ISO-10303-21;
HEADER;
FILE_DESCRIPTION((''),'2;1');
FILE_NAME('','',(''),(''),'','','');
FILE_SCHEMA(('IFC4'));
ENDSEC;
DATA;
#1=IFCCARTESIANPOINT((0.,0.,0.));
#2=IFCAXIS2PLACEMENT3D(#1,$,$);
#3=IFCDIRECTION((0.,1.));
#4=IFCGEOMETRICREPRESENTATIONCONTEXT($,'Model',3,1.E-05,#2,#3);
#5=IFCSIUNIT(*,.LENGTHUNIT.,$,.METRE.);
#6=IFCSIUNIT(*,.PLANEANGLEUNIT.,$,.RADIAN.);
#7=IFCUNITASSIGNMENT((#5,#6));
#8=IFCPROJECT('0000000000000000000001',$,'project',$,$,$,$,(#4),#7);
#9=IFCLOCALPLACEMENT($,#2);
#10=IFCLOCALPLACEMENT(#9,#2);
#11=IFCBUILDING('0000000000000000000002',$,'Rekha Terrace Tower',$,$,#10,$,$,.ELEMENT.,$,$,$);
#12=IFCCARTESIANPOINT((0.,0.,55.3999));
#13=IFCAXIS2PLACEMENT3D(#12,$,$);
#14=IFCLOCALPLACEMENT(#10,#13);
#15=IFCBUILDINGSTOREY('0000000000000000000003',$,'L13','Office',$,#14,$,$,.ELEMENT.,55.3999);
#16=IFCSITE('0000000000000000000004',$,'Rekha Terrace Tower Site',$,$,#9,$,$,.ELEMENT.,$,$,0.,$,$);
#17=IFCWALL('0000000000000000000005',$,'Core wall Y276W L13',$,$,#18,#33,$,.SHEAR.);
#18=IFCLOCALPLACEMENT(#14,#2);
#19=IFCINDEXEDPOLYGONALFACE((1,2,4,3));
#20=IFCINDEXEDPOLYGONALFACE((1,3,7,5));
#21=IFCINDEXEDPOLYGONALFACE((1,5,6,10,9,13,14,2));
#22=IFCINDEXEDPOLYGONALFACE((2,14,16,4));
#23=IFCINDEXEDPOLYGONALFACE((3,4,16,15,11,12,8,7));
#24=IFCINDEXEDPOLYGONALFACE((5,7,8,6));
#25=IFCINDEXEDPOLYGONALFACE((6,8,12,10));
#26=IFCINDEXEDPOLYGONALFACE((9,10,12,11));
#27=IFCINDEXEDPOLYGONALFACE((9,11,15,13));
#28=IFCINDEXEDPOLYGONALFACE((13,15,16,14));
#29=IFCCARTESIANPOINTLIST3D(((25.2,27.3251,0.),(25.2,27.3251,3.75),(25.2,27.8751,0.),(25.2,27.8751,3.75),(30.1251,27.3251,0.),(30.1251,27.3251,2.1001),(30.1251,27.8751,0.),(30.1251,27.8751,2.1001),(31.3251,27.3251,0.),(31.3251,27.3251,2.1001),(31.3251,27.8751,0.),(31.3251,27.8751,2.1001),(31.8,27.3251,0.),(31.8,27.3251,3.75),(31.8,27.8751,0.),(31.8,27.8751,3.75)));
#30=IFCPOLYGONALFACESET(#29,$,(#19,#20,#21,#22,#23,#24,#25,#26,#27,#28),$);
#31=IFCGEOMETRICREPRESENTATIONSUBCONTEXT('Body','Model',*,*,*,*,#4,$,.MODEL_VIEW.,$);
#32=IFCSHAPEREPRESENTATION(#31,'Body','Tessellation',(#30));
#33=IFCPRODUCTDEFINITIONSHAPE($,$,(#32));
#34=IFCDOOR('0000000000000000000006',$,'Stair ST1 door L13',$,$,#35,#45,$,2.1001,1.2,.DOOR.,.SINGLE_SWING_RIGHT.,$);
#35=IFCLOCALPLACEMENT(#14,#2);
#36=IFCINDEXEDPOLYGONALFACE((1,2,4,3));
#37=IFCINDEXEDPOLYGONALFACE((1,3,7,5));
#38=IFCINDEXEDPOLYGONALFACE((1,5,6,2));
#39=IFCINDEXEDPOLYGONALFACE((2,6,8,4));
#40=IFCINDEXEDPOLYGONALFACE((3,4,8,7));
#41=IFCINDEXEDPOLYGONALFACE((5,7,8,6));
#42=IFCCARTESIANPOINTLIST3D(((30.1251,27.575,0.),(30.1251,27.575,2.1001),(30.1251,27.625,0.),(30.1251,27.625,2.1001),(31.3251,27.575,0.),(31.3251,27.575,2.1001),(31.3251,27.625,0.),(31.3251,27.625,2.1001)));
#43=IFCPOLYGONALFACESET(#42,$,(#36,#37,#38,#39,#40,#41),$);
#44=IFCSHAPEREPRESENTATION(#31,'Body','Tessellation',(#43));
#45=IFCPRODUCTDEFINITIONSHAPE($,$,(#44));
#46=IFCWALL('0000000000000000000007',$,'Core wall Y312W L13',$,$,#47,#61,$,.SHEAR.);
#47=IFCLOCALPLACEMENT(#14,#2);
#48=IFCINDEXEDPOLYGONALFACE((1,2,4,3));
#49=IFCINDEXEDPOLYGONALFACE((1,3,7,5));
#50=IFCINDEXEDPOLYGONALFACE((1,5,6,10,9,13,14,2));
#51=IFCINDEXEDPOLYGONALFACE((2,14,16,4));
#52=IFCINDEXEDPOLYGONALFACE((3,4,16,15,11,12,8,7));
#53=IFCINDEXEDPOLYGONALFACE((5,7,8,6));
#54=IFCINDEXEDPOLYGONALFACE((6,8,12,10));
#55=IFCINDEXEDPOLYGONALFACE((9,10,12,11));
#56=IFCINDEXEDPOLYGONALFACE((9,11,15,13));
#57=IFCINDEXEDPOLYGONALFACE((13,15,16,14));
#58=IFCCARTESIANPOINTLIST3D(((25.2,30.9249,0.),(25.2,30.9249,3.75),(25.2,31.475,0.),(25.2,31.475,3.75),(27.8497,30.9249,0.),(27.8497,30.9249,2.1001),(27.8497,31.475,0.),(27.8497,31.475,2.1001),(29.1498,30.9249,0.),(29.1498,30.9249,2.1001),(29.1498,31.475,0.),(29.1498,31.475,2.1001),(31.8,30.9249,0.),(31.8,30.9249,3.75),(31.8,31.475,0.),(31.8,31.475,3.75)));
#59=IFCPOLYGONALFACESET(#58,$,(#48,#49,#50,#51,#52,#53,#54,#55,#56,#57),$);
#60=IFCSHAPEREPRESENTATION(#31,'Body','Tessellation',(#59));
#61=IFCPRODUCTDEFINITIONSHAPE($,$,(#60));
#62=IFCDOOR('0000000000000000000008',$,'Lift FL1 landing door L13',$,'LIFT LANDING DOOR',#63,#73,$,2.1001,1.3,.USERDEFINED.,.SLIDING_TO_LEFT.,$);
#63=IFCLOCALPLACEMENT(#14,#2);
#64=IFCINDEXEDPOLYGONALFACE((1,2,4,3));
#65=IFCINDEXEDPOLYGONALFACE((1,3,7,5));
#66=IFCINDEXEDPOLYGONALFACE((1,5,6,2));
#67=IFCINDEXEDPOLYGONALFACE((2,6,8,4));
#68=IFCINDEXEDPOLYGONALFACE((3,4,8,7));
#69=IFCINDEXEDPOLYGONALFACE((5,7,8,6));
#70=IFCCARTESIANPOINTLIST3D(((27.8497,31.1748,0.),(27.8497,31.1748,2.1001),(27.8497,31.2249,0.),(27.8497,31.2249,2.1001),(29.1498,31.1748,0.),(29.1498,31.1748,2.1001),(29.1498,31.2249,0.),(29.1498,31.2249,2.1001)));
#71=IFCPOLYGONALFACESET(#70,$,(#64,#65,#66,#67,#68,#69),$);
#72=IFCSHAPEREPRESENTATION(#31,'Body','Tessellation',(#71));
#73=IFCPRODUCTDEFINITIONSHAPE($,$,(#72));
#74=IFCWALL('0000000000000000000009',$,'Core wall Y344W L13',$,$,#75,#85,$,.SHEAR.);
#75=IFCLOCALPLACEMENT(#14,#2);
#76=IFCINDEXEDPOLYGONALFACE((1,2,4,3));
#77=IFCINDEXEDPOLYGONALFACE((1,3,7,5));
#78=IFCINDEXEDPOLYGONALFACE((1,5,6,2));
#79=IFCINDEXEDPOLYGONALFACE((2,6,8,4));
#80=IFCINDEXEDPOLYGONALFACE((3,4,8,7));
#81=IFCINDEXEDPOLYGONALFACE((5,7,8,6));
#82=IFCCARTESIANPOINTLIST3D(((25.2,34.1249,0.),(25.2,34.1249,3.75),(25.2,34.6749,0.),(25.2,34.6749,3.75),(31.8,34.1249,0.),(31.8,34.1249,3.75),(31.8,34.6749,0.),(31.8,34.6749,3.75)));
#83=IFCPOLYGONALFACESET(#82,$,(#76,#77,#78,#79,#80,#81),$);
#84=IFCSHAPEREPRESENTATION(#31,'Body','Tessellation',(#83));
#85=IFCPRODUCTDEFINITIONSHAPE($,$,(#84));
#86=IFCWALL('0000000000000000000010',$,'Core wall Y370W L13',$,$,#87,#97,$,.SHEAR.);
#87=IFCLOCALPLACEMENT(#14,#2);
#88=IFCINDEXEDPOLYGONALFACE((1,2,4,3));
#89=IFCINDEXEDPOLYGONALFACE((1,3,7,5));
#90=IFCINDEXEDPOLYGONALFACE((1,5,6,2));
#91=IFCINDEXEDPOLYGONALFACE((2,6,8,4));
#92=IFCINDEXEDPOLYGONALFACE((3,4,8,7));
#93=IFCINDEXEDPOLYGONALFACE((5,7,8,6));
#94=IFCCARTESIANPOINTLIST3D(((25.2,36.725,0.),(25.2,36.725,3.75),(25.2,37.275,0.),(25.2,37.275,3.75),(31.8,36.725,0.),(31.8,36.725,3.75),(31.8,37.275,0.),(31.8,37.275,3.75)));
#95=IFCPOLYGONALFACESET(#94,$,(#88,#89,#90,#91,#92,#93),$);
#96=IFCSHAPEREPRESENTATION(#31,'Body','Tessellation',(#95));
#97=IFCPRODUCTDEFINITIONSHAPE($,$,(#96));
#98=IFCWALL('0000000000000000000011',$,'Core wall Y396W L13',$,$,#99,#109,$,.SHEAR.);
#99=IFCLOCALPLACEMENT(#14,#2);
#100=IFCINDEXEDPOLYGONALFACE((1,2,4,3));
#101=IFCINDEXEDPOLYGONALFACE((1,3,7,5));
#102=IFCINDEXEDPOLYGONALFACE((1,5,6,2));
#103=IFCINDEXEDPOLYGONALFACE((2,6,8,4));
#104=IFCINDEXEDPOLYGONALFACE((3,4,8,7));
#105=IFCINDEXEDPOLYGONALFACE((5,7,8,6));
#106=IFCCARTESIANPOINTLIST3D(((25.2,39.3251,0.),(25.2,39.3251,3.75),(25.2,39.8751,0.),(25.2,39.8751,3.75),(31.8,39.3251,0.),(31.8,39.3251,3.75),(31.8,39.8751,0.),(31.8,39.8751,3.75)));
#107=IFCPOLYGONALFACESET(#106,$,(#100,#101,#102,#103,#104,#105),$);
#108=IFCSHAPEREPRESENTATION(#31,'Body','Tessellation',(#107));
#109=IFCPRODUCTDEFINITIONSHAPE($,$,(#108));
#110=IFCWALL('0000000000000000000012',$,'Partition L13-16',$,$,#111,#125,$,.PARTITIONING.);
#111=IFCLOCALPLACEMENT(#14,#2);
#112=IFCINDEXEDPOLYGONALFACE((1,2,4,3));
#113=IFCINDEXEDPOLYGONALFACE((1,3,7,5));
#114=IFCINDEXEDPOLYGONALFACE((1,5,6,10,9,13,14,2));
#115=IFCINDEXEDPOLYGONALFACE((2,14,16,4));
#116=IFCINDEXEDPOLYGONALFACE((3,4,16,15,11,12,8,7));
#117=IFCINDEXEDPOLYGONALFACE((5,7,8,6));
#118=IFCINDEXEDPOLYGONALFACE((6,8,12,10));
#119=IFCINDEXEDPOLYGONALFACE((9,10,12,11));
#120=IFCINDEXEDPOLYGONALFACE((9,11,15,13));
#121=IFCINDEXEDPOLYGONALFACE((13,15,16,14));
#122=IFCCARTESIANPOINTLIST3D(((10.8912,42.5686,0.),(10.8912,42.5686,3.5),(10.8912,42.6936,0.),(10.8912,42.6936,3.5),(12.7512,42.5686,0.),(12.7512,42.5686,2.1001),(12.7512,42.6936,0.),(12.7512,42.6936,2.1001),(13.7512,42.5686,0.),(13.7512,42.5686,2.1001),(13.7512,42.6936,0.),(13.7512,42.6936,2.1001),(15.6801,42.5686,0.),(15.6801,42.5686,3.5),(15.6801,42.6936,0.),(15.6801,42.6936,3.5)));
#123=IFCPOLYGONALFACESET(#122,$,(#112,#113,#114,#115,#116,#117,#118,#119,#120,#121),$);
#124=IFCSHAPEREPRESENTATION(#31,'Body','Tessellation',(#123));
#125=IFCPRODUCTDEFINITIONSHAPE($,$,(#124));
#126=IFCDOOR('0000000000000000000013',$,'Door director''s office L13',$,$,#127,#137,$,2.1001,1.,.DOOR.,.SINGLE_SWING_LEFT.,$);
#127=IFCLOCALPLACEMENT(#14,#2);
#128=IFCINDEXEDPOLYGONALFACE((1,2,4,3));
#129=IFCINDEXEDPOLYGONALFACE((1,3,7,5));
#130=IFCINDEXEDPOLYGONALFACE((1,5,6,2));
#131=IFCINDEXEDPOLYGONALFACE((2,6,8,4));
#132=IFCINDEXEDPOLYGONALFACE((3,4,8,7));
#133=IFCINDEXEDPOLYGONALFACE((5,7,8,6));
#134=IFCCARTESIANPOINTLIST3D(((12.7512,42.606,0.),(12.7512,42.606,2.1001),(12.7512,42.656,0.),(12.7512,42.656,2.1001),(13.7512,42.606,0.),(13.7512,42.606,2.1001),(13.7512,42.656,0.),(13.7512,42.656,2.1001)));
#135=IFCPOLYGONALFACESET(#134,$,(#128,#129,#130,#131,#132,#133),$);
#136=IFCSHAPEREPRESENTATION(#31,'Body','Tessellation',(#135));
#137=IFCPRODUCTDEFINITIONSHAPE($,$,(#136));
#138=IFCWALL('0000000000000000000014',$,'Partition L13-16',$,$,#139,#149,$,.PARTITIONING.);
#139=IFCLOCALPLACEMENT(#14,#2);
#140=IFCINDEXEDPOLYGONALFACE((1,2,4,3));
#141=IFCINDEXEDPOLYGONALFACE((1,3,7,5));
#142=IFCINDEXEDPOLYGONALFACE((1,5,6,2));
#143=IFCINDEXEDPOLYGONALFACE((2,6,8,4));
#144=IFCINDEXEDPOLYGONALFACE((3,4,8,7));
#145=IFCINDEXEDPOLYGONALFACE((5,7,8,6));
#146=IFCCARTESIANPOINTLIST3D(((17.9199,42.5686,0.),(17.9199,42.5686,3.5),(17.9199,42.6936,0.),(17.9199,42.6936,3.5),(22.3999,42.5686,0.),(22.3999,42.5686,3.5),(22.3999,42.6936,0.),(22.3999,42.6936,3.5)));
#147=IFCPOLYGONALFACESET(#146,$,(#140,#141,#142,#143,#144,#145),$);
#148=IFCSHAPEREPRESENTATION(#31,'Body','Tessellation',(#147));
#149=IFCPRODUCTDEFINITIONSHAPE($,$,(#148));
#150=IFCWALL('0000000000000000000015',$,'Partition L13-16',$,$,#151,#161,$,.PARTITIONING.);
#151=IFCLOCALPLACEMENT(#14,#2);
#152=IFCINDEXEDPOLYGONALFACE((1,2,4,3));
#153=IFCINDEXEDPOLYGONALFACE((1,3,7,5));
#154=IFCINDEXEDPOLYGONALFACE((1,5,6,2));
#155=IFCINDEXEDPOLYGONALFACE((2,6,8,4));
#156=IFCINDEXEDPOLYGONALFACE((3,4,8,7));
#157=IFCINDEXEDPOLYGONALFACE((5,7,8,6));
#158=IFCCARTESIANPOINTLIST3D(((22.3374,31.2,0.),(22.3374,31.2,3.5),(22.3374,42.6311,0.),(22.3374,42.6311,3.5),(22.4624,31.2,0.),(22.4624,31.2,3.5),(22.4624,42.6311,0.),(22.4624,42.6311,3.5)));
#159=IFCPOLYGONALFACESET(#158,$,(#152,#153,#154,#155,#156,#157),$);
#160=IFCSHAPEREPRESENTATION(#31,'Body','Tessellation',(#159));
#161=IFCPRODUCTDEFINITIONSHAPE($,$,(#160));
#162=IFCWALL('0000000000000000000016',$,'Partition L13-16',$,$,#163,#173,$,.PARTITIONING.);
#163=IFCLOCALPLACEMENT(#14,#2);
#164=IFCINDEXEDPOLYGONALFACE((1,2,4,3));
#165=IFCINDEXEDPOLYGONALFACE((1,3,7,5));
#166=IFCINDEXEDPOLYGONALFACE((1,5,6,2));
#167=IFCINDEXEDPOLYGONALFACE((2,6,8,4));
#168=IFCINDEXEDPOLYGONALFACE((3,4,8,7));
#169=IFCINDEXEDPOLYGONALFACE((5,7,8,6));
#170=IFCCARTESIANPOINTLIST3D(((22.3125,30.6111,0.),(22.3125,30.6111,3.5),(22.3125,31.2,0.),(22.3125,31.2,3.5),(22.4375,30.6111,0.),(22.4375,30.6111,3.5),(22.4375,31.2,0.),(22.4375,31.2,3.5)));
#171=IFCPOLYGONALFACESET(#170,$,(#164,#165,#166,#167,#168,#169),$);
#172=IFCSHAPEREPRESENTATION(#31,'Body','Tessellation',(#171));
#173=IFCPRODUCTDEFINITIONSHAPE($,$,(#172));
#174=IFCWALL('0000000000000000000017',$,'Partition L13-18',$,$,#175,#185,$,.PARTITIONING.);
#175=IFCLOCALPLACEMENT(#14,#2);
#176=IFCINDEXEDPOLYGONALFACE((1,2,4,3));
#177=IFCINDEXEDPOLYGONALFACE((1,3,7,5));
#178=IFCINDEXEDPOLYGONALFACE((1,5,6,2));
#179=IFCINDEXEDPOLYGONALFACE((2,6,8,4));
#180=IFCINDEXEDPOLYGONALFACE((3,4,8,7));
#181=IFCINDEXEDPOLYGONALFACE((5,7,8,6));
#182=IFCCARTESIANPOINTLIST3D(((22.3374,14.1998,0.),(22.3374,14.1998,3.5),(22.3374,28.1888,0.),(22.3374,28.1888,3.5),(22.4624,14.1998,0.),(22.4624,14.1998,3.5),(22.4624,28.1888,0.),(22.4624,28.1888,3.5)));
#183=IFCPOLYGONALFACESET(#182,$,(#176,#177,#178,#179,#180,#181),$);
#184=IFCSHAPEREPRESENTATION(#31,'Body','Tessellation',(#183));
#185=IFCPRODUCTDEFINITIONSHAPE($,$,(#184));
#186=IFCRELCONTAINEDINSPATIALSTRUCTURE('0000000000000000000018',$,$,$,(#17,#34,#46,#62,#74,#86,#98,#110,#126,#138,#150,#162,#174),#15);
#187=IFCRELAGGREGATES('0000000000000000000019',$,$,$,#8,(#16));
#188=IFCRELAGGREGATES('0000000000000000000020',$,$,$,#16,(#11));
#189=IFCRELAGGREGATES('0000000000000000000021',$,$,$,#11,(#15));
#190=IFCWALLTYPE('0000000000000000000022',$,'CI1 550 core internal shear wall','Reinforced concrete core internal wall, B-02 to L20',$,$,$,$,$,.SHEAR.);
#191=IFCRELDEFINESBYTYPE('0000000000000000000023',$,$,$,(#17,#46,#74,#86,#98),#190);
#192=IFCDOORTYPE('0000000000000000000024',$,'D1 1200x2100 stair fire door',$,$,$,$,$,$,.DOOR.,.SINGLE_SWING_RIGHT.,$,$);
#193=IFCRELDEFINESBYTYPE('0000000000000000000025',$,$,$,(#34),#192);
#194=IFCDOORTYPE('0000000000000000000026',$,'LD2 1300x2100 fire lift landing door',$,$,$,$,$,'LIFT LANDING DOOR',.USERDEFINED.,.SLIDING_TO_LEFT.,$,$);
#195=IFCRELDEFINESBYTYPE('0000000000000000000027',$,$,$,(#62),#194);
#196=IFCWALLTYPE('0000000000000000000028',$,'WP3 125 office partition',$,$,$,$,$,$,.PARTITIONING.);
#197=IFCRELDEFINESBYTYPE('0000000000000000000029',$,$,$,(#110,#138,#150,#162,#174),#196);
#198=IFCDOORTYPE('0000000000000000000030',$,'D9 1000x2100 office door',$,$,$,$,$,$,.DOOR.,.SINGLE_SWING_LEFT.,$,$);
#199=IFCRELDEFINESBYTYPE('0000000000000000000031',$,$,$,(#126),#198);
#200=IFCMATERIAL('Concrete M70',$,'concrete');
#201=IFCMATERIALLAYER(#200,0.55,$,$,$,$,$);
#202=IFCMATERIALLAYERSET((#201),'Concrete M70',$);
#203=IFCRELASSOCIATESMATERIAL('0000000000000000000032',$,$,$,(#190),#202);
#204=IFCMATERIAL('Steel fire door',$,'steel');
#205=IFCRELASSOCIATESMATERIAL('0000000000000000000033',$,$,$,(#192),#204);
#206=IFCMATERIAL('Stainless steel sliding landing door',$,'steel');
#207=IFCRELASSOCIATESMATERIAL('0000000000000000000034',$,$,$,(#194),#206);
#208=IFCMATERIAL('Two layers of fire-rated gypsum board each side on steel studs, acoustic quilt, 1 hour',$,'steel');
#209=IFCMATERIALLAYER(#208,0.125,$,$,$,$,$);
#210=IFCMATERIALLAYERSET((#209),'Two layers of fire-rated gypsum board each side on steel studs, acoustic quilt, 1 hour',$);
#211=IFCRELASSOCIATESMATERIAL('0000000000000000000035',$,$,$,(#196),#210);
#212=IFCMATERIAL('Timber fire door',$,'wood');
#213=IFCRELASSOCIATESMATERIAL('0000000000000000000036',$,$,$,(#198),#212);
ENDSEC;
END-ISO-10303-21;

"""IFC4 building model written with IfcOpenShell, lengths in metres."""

from ifc_helpers import new_model, si_unit, direction, frame, frame_2d, origin, place, context, subcontext, project, spatial, rectangle, extrude, material, layer, layer_set, type_object, element, fill, save


model = new_model("IFC4")

# Units and contexts
model_context = context("Model", 3, precision=1e-05, world=origin(), true_north=direction((0.0, 1.0)))
body_context = subcontext(model_context, "Body", "Model", "MODEL_VIEW")
ifc_project = project(units=[si_unit("LENGTHUNIT", "METRE"), si_unit("PLANEANGLEUNIT", "RADIAN")], contexts=[model_context])

# Site, building, storey
site_placement = place(None, origin())
site = spatial("IfcSite", under=ifc_project, at=site_placement, Name="Rekha Terrace Tower Site", CompositionType="ELEMENT", RefElevation=0.0)
building_placement = place(site_placement, origin())
building = spatial("IfcBuilding", under=site, at=building_placement, Name="Rekha Terrace Tower", CompositionType="ELEMENT")
storey_placement = place(building_placement, frame((0.0, 0.0, 55.3999)))
storey = spatial("IfcBuildingStorey", under=building, at=storey_placement, Name="L13", Description="Office", CompositionType="ELEMENT", Elevation=55.3999)

# Shared definitions
ifc_material_1 = material(Name="Concrete M70", Category="concrete")

# Walls, openings, doors
ifc_layer_1 = layer(ifc_material_1, 0.55)
ifc_layer_set_1 = layer_set([ifc_layer_1], Name="Concrete M70")
wall_type_1 = type_object("IfcWallType", Name="CI1 550 core internal shear wall", Description="Reinforced concrete core internal wall, B-02 to L20", PredefinedType="SHEAR", material=ifc_layer_set_1)
wall_1_placement = place(storey_placement, frame((25.2, 27.6001, 0.0), z_axis=(0.0, 0.0, 1.0), x_axis=(1.0, 0.0, 0.0)))
wall_1 = element("IfcWall", 1, at=wall_1_placement, inside=storey, type_object=wall_type_1, Name="Core wall Y276W L13", PredefinedType="SHEAR", context=body_context, shape_type="SweptSolid", body=[
    extrude(rectangle(XDim=6.6001, YDim=0.55, at=frame_2d((3.3, 0.0))), origin(), (0.0, 0.0, 1.0), 3.75),
])
opening_1_placement = place(wall_1_placement, frame((4.925, 0.0, 0.0)))
opening_1 = element("IfcOpeningElement", 2, at=opening_1_placement, cuts=wall_1, PredefinedType="OPENING", context=body_context, shape_type="SweptSolid", body=[
    extrude(rectangle(XDim=1.2, YDim=2.1001, at=frame_2d((0.6001, 1.05))), frame((0.0, 0.2849, 0.0), z_axis=(0.0, -1.0, 0.0), x_axis=(1.0, 0.0, 0.0)), (0.0, 0.0, 1.0), 0.5701),
])
ifc_material_2 = material(Name="Steel fire door", Category="steel")
door_type_1 = type_object("IfcDoorType", Name="D1 1200x2100 stair fire door", OperationType="SINGLE_SWING_RIGHT", PredefinedType="DOOR", material=ifc_material_2)
door_1_placement = place(opening_1_placement, origin())
door_1 = element("IfcDoor", 3, at=door_1_placement, inside=storey, type_object=door_type_1, Name="Stair ST1 door L13", OperationType="SINGLE_SWING_RIGHT", OverallHeight=2.1001, OverallWidth=1.2, PredefinedType="DOOR", context=body_context, shape_type="SweptSolid", body=[
    extrude(rectangle(XDim=1.2, YDim=2.1001, at=frame_2d((0.6001, 1.05))), frame((0.0, 0.0249, 0.0), z_axis=(0.0, -1.0, 0.0), x_axis=(1.0, 0.0, 0.0)), (0.0, 0.0, 1.0), 0.05),
])
fill(opening_1, door_1)
wall_2_placement = place(storey_placement, frame((25.2, 31.2, 0.0), z_axis=(0.0, 0.0, 1.0), x_axis=(1.0, 0.0, 0.0)))
wall_2 = element("IfcWall", 4, at=wall_2_placement, inside=storey, type_object=wall_type_1, Name="Core wall Y312W L13", PredefinedType="SHEAR", context=body_context, shape_type="SweptSolid", body=[
    extrude(rectangle(XDim=6.6001, YDim=0.55, at=frame_2d((3.3, 0.0))), origin(), (0.0, 0.0, 1.0), 3.75),
])
opening_2_placement = place(wall_2_placement, frame((2.6499, 0.0, 0.0)))
opening_2 = element("IfcOpeningElement", 5, at=opening_2_placement, cuts=wall_2, PredefinedType="OPENING", context=body_context, shape_type="SweptSolid", body=[
    extrude(rectangle(XDim=1.3, YDim=2.1001, at=frame_2d((0.6499, 1.05))), frame((0.0, 0.2849, 0.0), z_axis=(0.0, -1.0, 0.0), x_axis=(1.0, 0.0, 0.0)), (0.0, 0.0, 1.0), 0.5701),
])
ifc_material_3 = material(Name="Stainless steel sliding landing door", Category="steel")
door_type_2 = type_object("IfcDoorType", Name="LD2 1300x2100 fire lift landing door", ElementType="LIFT LANDING DOOR", OperationType="SLIDING_TO_LEFT", PredefinedType="USERDEFINED", material=ifc_material_3)
door_2_placement = place(opening_2_placement, origin())
door_2 = element("IfcDoor", 6, at=door_2_placement, inside=storey, type_object=door_type_2, Name="Lift FL1 landing door L13", ObjectType="LIFT LANDING DOOR", OperationType="SLIDING_TO_LEFT", OverallHeight=2.1001, OverallWidth=1.3, PredefinedType="USERDEFINED", context=body_context, shape_type="SweptSolid", body=[
    extrude(rectangle(XDim=1.3, YDim=2.1001, at=frame_2d((0.6499, 1.05))), frame((0.0, 0.0249, 0.0), z_axis=(0.0, -1.0, 0.0), x_axis=(1.0, 0.0, 0.0)), (0.0, 0.0, 1.0), 0.05),
])
fill(opening_2, door_2)

# Walls
for number, where, z_axis, x_axis, name in (
    (7, (25.2, 34.3999, 0.0), (0.0, 0.0, 1.0), (1.0, 0.0, 0.0), "Core wall Y344W L13"),
    (8, (25.2, 37.0, 0.0), (0.0, 0.0, 1.0), (1.0, 0.0, 0.0), "Core wall Y370W L13"),
    (9, (25.2, 39.6001, 0.0), (0.0, 0.0, 1.0), (1.0, 0.0, 0.0), "Core wall Y396W L13"),
):
    element("IfcWall", number, at=place(storey_placement, frame(where, z_axis=z_axis, x_axis=x_axis)), inside=storey, type_object=wall_type_1, Name=name, PredefinedType="SHEAR", context=body_context, shape_type="SweptSolid", body=[
        extrude(rectangle(XDim=6.6001, YDim=0.55, at=frame_2d((3.3, 0.0))), origin(), (0.0, 0.0, 1.0), 3.75),
    ])

# Wall, opening, door
ifc_material_4 = material(Name="Two layers of fire-rated gypsum board each side on steel studs, acoustic quilt, 1 hour", Category="steel")
ifc_layer_2 = layer(ifc_material_4, 0.125)
ifc_layer_set_2 = layer_set([ifc_layer_2], Name="Two layers of fire-rated gypsum board each side on steel studs, acoustic quilt, 1 hour")
wall_type_2 = type_object("IfcWallType", Name="WP3 125 office partition", PredefinedType="PARTITIONING", material=ifc_layer_set_2)
wall_3_placement = place(storey_placement, frame((10.8911, 42.6311, 0.0), z_axis=(0.0, 0.0, 1.0), x_axis=(1.0, 0.0, 0.0)))
wall_3 = element("IfcWall", 10, at=wall_3_placement, inside=storey, type_object=wall_type_2, Name="Partition L13-16", PredefinedType="PARTITIONING", context=body_context, shape_type="SweptSolid", body=[
    extrude(rectangle(XDim=4.7888, YDim=0.125, at=frame_2d((2.3945, 0.0))), origin(), (0.0, 0.0, 1.0), 3.5),
])
opening_3_placement = place(wall_3_placement, frame((1.8601, 0.0, 0.0)))
opening_3 = element("IfcOpeningElement", 11, at=opening_3_placement, cuts=wall_3, PredefinedType="OPENING", context=body_context, shape_type="SweptSolid", body=[
    extrude(rectangle(XDim=1.0, YDim=2.1001, at=frame_2d((0.5, 1.05))), frame((0.0, 0.0725, 0.0), z_axis=(0.0, -1.0, 0.0), x_axis=(1.0, 0.0, 0.0)), (0.0, 0.0, 1.0), 0.145),
])
ifc_material_5 = material(Name="Timber fire door", Category="wood")
door_type_3 = type_object("IfcDoorType", Name="D9 1000x2100 office door", OperationType="SINGLE_SWING_LEFT", PredefinedType="DOOR", material=ifc_material_5)
door_3_placement = place(opening_3_placement, origin())
door_3 = element("IfcDoor", 12, at=door_3_placement, inside=storey, type_object=door_type_3, Name="Door director's office L13", OperationType="SINGLE_SWING_LEFT", OverallHeight=2.1001, OverallWidth=1.0, PredefinedType="DOOR", context=body_context, shape_type="SweptSolid", body=[
    extrude(rectangle(XDim=1.0, YDim=2.1001, at=frame_2d((0.5, 1.05))), frame((0.0, 0.0249, 0.0), z_axis=(0.0, -1.0, 0.0), x_axis=(1.0, 0.0, 0.0)), (0.0, 0.0, 1.0), 0.05),
])
fill(opening_3, door_3)

# Walls
wall_4_placement = place(storey_placement, frame((17.9199, 42.6311, 0.0), z_axis=(0.0, 0.0, 1.0), x_axis=(1.0, 0.0, 0.0)))
element("IfcWall", 13, at=wall_4_placement, inside=storey, type_object=wall_type_2, Name="Partition L13-16", PredefinedType="PARTITIONING", context=body_context, shape_type="SweptSolid", body=[
    extrude(rectangle(XDim=4.48, YDim=0.125, at=frame_2d((2.24, 0.0))), origin(), (0.0, 0.0, 1.0), 3.5),
])
wall_5_placement = place(storey_placement, frame((22.3999, 42.6311, 0.0), z_axis=(0.0, 0.0, 1.0), x_axis=(0.0, -1.0, 0.0)))
element("IfcWall", 14, at=wall_5_placement, inside=storey, type_object=wall_type_2, Name="Partition L13-16", PredefinedType="PARTITIONING", context=body_context, shape_type="SweptSolid", body=[
    extrude(rectangle(XDim=11.4312, YDim=0.125, at=frame_2d((5.7156, 0.0))), origin(), (0.0, 0.0, 1.0), 3.5),
])
wall_6_placement = place(storey_placement, frame((22.375, 31.2, 0.0), z_axis=(0.0, 0.0, 1.0), x_axis=(0.0, -1.0, 0.0)))
element("IfcWall", 15, at=wall_6_placement, inside=storey, type_object=wall_type_2, Name="Partition L13-16", PredefinedType="PARTITIONING", context=body_context, shape_type="SweptSolid", body=[
    extrude(rectangle(XDim=0.5889, YDim=0.125, at=frame_2d((0.2944, 0.0))), origin(), (0.0, 0.0, 1.0), 3.5),
])
wall_7_placement = place(storey_placement, frame((22.3999, 28.189, 0.0), z_axis=(0.0, 0.0, 1.0), x_axis=(0.0, -1.0, 0.0)))
element("IfcWall", 16, at=wall_7_placement, inside=storey, type_object=wall_type_2, Name="Partition L13-18", PredefinedType="PARTITIONING", context=body_context, shape_type="SweptSolid", body=[
    extrude(rectangle(XDim=13.989, YDim=0.125, at=frame_2d((6.9946, 0.0))), origin(), (0.0, 0.0, 1.0), 3.5),
])

save(model, "model.ifc")
